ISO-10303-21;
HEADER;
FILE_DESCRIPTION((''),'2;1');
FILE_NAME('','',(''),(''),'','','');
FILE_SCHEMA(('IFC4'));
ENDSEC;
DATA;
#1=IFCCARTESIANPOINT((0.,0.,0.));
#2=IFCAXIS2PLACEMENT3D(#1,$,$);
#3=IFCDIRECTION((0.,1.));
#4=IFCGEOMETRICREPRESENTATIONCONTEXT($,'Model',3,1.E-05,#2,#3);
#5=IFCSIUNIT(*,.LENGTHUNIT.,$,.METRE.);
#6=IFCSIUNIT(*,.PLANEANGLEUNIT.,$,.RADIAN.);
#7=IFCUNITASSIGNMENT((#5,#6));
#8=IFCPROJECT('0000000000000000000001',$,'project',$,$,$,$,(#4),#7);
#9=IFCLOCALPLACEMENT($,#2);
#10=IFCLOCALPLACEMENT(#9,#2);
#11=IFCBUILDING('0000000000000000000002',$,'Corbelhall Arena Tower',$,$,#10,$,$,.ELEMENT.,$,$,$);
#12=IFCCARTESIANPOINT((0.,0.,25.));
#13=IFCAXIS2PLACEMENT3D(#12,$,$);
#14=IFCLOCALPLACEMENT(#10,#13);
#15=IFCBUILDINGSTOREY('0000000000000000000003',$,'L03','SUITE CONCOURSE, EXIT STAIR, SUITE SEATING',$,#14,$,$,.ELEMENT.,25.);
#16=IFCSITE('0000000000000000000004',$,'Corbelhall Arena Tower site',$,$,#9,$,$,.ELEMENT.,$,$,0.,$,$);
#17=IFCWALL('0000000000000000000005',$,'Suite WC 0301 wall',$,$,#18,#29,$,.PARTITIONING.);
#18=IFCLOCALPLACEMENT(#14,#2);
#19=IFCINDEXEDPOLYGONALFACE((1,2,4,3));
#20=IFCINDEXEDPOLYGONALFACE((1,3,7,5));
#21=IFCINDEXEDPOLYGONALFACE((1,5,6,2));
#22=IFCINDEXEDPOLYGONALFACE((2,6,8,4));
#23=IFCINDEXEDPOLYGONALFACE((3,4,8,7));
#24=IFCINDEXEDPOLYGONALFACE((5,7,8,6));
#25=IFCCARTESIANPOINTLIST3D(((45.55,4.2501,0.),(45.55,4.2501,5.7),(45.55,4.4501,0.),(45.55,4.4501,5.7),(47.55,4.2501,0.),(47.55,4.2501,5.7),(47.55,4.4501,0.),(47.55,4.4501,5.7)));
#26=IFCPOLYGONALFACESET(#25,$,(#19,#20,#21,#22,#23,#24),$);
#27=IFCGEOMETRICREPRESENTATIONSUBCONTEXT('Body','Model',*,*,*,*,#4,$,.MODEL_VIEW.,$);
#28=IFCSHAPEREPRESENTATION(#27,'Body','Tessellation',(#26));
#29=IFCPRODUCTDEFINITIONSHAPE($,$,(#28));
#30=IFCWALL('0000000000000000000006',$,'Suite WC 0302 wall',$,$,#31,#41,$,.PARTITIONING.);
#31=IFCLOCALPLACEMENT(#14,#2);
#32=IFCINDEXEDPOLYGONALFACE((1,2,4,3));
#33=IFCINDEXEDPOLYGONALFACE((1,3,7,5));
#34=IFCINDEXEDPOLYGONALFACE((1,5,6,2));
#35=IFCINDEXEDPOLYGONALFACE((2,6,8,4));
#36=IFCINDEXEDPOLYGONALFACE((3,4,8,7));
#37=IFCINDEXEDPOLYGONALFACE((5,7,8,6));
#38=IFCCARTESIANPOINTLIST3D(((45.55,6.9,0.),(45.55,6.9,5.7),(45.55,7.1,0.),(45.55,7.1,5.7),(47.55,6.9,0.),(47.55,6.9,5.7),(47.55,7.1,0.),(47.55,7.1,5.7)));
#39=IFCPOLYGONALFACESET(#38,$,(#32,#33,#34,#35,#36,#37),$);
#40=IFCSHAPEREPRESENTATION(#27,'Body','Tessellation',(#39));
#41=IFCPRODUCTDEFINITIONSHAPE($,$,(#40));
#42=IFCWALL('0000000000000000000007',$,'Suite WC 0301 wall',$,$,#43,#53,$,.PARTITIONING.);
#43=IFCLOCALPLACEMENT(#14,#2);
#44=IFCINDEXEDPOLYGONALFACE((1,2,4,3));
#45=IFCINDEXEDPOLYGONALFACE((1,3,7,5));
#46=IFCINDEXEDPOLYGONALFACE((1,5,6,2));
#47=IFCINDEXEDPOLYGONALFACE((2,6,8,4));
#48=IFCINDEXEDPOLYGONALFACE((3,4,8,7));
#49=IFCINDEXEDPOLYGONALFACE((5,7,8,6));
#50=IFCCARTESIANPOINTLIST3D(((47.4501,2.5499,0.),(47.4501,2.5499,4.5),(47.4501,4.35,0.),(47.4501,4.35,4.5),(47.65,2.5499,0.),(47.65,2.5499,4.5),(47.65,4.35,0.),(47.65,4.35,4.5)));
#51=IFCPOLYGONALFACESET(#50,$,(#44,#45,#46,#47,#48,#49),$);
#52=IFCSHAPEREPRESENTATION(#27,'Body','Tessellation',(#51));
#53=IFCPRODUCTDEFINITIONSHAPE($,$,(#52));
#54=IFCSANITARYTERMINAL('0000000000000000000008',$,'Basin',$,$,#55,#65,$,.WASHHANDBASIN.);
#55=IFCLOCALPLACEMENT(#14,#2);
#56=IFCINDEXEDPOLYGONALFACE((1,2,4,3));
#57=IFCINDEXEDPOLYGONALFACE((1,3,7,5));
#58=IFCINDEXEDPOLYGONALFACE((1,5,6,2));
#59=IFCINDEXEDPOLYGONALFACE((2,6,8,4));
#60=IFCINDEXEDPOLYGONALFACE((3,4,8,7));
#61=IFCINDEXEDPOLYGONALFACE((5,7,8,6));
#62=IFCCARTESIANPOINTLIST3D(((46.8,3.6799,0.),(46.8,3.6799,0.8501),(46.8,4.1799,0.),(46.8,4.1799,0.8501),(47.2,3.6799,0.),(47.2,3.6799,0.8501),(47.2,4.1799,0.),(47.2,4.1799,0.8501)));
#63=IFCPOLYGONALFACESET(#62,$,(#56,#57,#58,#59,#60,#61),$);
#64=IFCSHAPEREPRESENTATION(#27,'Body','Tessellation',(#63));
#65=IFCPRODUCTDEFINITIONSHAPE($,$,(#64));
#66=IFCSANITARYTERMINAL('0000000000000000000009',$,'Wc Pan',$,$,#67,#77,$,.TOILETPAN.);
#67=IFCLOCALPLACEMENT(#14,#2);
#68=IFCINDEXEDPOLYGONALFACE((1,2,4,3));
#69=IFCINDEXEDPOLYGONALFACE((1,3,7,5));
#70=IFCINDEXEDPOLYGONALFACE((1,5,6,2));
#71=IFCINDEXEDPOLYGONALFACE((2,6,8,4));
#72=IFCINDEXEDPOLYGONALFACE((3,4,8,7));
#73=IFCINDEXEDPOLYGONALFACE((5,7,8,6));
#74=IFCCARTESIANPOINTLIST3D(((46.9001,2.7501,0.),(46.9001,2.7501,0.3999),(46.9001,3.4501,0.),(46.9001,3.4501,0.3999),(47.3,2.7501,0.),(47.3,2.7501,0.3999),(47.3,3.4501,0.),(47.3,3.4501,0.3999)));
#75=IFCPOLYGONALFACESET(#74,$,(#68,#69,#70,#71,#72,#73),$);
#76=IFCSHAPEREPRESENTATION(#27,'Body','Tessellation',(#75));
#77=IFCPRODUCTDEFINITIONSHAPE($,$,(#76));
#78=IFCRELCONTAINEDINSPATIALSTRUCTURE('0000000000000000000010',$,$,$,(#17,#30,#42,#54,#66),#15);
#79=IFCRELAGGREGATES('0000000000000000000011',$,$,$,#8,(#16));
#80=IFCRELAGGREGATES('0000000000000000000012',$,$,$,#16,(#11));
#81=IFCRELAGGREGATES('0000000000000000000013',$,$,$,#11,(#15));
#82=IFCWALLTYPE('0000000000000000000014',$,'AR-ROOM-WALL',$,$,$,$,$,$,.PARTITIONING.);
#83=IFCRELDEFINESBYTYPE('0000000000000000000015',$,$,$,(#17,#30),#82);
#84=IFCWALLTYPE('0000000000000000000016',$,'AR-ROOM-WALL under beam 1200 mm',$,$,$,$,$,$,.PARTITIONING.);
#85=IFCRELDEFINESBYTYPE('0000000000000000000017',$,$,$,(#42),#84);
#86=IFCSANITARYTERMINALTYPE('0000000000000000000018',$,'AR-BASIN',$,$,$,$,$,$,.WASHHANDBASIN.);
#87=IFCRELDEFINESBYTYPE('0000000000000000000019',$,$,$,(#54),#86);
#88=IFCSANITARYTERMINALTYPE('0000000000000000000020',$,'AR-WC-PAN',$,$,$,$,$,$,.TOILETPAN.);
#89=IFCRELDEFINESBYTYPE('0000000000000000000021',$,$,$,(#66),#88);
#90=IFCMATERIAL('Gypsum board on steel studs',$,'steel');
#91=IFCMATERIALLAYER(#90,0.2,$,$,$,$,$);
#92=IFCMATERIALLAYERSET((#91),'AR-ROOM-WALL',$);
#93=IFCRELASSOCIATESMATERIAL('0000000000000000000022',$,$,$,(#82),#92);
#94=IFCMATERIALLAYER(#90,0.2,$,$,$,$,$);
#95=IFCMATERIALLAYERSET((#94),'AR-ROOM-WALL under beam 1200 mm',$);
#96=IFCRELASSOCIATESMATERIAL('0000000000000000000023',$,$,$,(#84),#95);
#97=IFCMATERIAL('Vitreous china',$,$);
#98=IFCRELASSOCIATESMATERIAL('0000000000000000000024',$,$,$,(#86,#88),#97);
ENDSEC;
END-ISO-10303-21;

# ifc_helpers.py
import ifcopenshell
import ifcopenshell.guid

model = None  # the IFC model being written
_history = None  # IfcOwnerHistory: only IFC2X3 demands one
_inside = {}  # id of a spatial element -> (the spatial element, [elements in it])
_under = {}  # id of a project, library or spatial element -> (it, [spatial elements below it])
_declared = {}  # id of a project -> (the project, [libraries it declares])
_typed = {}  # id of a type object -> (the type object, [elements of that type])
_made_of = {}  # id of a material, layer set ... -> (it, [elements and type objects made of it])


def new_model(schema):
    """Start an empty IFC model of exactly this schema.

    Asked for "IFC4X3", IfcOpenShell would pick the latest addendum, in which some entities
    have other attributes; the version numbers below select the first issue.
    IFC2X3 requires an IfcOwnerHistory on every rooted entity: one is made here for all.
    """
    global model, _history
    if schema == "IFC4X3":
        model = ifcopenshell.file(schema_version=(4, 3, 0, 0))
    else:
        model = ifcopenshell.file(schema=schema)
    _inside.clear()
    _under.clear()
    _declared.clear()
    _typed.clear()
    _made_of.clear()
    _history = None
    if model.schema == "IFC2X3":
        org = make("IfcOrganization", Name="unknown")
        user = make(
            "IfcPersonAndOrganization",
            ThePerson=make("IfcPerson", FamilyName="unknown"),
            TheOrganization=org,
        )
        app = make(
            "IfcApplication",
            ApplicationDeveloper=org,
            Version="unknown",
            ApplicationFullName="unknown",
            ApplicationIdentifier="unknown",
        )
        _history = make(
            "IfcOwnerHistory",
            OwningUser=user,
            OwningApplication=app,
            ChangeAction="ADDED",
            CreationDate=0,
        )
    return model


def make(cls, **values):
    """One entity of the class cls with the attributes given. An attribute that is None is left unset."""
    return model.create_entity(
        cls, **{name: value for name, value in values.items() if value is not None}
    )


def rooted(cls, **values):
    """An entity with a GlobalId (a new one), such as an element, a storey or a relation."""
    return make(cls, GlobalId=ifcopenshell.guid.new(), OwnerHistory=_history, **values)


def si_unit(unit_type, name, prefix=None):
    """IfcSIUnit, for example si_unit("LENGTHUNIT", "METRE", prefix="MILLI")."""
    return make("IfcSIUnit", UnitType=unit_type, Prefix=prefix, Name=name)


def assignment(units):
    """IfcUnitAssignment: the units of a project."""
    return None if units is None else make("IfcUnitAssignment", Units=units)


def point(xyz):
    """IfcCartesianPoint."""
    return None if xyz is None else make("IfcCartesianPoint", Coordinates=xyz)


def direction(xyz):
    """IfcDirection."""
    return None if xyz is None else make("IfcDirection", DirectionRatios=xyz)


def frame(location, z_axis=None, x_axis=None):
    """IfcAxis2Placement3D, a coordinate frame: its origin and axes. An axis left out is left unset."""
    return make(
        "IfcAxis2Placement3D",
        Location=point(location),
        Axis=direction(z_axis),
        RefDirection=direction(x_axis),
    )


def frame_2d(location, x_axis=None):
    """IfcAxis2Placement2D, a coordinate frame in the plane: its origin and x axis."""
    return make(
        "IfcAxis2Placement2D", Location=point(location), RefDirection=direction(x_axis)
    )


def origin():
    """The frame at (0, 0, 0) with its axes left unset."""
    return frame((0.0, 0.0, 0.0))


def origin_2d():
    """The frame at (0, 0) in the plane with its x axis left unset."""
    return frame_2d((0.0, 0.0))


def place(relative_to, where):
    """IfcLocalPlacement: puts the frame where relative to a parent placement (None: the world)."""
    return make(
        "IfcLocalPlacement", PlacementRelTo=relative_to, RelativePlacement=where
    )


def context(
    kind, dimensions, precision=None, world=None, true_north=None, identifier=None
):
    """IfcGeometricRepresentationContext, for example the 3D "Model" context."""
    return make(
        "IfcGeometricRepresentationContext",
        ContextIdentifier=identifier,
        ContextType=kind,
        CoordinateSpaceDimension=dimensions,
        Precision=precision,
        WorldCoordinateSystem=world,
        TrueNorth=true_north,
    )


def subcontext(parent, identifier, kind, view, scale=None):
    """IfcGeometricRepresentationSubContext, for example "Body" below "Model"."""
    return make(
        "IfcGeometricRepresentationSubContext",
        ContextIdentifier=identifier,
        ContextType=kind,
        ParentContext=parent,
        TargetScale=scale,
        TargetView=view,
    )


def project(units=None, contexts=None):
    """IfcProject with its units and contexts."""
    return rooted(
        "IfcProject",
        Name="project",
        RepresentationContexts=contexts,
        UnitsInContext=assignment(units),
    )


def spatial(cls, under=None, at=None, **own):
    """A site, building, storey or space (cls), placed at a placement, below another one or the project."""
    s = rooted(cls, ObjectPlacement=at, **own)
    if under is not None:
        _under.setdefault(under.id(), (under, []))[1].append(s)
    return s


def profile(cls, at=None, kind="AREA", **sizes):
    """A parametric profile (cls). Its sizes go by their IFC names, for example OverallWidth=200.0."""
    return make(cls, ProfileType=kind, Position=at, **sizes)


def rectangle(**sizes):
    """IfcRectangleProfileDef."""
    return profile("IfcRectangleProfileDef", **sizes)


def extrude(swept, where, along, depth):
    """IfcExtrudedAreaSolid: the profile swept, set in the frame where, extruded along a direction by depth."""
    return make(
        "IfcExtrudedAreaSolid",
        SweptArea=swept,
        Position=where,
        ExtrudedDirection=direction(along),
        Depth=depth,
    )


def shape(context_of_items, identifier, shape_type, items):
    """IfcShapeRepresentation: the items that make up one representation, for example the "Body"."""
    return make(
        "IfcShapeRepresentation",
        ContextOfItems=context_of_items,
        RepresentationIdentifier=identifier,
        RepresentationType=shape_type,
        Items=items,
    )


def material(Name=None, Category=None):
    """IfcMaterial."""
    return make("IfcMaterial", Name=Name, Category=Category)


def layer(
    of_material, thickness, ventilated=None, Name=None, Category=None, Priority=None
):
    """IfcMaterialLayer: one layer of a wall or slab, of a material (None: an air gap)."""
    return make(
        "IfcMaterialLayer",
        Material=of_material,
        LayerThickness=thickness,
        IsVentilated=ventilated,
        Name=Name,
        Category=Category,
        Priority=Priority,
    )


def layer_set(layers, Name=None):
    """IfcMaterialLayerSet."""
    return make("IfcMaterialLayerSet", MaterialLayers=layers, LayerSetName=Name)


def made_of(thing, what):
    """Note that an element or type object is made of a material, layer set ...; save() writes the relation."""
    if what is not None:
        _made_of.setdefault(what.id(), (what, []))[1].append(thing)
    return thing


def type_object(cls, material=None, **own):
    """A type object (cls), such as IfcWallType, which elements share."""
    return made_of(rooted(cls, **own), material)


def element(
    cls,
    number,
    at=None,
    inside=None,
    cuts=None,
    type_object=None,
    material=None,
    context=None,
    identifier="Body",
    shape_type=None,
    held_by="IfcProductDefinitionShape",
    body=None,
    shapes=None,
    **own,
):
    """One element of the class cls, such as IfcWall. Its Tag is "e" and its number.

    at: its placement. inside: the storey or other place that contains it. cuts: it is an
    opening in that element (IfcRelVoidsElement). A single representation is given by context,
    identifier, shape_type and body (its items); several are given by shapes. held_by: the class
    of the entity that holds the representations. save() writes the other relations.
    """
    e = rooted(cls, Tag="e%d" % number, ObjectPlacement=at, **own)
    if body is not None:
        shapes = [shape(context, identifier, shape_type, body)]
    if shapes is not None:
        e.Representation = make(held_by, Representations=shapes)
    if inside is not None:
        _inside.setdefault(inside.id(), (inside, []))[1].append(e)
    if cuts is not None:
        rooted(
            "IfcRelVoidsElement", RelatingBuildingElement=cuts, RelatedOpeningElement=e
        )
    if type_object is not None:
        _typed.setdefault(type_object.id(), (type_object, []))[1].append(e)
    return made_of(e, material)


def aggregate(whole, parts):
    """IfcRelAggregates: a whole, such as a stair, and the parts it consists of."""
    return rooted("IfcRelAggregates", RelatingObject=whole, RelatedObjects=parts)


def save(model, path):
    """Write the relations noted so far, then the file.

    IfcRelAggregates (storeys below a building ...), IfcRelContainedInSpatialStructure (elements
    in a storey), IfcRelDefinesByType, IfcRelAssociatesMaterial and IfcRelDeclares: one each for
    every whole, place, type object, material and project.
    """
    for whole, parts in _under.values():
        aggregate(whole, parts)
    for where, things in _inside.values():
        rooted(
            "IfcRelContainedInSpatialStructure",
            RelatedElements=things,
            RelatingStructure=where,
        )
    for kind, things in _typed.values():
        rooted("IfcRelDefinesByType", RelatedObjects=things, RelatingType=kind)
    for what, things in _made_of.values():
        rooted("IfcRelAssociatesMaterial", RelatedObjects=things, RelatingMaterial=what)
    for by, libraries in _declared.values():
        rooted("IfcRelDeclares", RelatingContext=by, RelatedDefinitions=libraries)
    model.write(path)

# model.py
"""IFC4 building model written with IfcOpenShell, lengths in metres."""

from ifc_helpers import new_model, si_unit, direction, frame, frame_2d, origin, origin_2d, place, context, subcontext, project, spatial, rectangle, extrude, material, layer, layer_set, type_object, element, save


model = new_model("IFC4")

# Units and contexts
model_context = context("Model", 3, precision=1e-05, world=origin(), true_north=direction((0.0, 1.0)))
body_context = subcontext(model_context, "Body", "Model", "MODEL_VIEW")
ifc_project = project(units=[si_unit("LENGTHUNIT", "METRE"), si_unit("PLANEANGLEUNIT", "RADIAN")], contexts=[model_context])

# Site, building, storey
site_placement = place(None, origin())
site = spatial("IfcSite", under=ifc_project, at=site_placement, Name="Corbelhall Arena Tower site", CompositionType="ELEMENT", RefElevation=0.0)
building_placement = place(site_placement, origin())
building = spatial("IfcBuilding", under=site, at=building_placement, Name="Corbelhall Arena Tower", CompositionType="ELEMENT")
storey_placement = place(building_placement, frame((0.0, 0.0, 25.0)))
storey = spatial("IfcBuildingStorey", under=building, at=storey_placement, Name="L03", Description="SUITE CONCOURSE, EXIT STAIR, SUITE SEATING", CompositionType="ELEMENT", Elevation=25.0)

# Shared definitions
ifc_material_1 = material(Name="Gypsum board on steel studs", Category="steel")
ifc_layer_1 = layer(ifc_material_1, 0.2)
ifc_layer_set_1 = layer_set([ifc_layer_1], Name="AR-ROOM-WALL")
wall_type_1 = type_object("IfcWallType", Name="AR-ROOM-WALL", PredefinedType="PARTITIONING", material=ifc_layer_set_1)

# Wall
for number, where, z_axis, x_axis, name in (
    (1, (47.55, 4.3501, 0.0), (0.0, 0.0, 1.0), (-1.0, 0.0, 0.0), "Suite WC 0301 wall"),
):
    element("IfcWall", number, at=place(storey_placement, frame(where, z_axis=z_axis, x_axis=x_axis)), inside=storey, type_object=wall_type_1, Name=name, PredefinedType="PARTITIONING", context=body_context, shape_type="SweptSolid", body=[
        extrude(rectangle(XDim=2.0, YDim=0.2, at=frame_2d((1.0, 0.0))), origin(), (0.0, 0.0, 1.0), 5.7),
    ])

# Walls
wall_1_placement = place(storey_placement, frame((45.55, 7.0, 0.0), z_axis=(0.0, 0.0, 1.0), x_axis=(1.0, 0.0, 0.0)))
element("IfcWall", 2, at=wall_1_placement, inside=storey, type_object=wall_type_1, Name="Suite WC 0302 wall", PredefinedType="PARTITIONING", context=body_context, shape_type="SweptSolid", body=[
    extrude(rectangle(XDim=2.0, YDim=0.2, at=frame_2d((1.0, 0.0))), origin(), (0.0, 0.0, 1.0), 5.7),
])
ifc_layer_2 = layer(ifc_material_1, 0.2)
ifc_layer_set_2 = layer_set([ifc_layer_2], Name="AR-ROOM-WALL under beam 1200 mm")
wall_type_2 = type_object("IfcWallType", Name="AR-ROOM-WALL under beam 1200 mm", PredefinedType="PARTITIONING", material=ifc_layer_set_2)
wall_2_placement = place(storey_placement, frame((47.55, 2.55, 0.0), z_axis=(0.0, 0.0, 1.0), x_axis=(0.0, 1.0, 0.0)))
element("IfcWall", 3, at=wall_2_placement, inside=storey, type_object=wall_type_2, Name="Suite WC 0301 wall", PredefinedType="PARTITIONING", context=body_context, shape_type="SweptSolid", body=[
    extrude(rectangle(XDim=1.8, YDim=0.2, at=frame_2d((0.8999, 0.0))), origin(), (0.0, 0.0, 1.0), 4.5),
])

# Sanitary terminals
ifc_material_2 = material(Name="Vitreous china")
sanitary_terminal_type_1 = type_object("IfcSanitaryTerminalType", Name="AR-BASIN", PredefinedType="WASHHANDBASIN", material=ifc_material_2)
sanitary_terminal_1_placement = place(storey_placement, frame((47.0, 3.9299, 0.0), z_axis=(0.0, 0.0, 1.0), x_axis=(1.0, 0.0, 0.0)))
element("IfcSanitaryTerminal", 4, at=sanitary_terminal_1_placement, inside=storey, type_object=sanitary_terminal_type_1, Name="Basin", PredefinedType="WASHHANDBASIN", context=body_context, shape_type="SweptSolid", body=[
    extrude(rectangle(XDim=0.3999, YDim=0.5, at=origin_2d()), origin(), (0.0, 0.0, 1.0), 0.8501),
])
sanitary_terminal_type_2 = type_object("IfcSanitaryTerminalType", Name="AR-WC-PAN", PredefinedType="TOILETPAN", material=ifc_material_2)
sanitary_terminal_2_placement = place(storey_placement, frame((47.1001, 3.1001, 0.0), z_axis=(0.0, 0.0, 1.0), x_axis=(1.0, 0.0, 0.0)))
element("IfcSanitaryTerminal", 5, at=sanitary_terminal_2_placement, inside=storey, type_object=sanitary_terminal_type_2, Name="Wc Pan", PredefinedType="TOILETPAN", context=body_context, shape_type="SweptSolid", body=[
    extrude(rectangle(XDim=0.3999, YDim=0.7, at=origin_2d()), origin(), (0.0, 0.0, 1.0), 0.3999),
])

save(model, "model.ifc")
